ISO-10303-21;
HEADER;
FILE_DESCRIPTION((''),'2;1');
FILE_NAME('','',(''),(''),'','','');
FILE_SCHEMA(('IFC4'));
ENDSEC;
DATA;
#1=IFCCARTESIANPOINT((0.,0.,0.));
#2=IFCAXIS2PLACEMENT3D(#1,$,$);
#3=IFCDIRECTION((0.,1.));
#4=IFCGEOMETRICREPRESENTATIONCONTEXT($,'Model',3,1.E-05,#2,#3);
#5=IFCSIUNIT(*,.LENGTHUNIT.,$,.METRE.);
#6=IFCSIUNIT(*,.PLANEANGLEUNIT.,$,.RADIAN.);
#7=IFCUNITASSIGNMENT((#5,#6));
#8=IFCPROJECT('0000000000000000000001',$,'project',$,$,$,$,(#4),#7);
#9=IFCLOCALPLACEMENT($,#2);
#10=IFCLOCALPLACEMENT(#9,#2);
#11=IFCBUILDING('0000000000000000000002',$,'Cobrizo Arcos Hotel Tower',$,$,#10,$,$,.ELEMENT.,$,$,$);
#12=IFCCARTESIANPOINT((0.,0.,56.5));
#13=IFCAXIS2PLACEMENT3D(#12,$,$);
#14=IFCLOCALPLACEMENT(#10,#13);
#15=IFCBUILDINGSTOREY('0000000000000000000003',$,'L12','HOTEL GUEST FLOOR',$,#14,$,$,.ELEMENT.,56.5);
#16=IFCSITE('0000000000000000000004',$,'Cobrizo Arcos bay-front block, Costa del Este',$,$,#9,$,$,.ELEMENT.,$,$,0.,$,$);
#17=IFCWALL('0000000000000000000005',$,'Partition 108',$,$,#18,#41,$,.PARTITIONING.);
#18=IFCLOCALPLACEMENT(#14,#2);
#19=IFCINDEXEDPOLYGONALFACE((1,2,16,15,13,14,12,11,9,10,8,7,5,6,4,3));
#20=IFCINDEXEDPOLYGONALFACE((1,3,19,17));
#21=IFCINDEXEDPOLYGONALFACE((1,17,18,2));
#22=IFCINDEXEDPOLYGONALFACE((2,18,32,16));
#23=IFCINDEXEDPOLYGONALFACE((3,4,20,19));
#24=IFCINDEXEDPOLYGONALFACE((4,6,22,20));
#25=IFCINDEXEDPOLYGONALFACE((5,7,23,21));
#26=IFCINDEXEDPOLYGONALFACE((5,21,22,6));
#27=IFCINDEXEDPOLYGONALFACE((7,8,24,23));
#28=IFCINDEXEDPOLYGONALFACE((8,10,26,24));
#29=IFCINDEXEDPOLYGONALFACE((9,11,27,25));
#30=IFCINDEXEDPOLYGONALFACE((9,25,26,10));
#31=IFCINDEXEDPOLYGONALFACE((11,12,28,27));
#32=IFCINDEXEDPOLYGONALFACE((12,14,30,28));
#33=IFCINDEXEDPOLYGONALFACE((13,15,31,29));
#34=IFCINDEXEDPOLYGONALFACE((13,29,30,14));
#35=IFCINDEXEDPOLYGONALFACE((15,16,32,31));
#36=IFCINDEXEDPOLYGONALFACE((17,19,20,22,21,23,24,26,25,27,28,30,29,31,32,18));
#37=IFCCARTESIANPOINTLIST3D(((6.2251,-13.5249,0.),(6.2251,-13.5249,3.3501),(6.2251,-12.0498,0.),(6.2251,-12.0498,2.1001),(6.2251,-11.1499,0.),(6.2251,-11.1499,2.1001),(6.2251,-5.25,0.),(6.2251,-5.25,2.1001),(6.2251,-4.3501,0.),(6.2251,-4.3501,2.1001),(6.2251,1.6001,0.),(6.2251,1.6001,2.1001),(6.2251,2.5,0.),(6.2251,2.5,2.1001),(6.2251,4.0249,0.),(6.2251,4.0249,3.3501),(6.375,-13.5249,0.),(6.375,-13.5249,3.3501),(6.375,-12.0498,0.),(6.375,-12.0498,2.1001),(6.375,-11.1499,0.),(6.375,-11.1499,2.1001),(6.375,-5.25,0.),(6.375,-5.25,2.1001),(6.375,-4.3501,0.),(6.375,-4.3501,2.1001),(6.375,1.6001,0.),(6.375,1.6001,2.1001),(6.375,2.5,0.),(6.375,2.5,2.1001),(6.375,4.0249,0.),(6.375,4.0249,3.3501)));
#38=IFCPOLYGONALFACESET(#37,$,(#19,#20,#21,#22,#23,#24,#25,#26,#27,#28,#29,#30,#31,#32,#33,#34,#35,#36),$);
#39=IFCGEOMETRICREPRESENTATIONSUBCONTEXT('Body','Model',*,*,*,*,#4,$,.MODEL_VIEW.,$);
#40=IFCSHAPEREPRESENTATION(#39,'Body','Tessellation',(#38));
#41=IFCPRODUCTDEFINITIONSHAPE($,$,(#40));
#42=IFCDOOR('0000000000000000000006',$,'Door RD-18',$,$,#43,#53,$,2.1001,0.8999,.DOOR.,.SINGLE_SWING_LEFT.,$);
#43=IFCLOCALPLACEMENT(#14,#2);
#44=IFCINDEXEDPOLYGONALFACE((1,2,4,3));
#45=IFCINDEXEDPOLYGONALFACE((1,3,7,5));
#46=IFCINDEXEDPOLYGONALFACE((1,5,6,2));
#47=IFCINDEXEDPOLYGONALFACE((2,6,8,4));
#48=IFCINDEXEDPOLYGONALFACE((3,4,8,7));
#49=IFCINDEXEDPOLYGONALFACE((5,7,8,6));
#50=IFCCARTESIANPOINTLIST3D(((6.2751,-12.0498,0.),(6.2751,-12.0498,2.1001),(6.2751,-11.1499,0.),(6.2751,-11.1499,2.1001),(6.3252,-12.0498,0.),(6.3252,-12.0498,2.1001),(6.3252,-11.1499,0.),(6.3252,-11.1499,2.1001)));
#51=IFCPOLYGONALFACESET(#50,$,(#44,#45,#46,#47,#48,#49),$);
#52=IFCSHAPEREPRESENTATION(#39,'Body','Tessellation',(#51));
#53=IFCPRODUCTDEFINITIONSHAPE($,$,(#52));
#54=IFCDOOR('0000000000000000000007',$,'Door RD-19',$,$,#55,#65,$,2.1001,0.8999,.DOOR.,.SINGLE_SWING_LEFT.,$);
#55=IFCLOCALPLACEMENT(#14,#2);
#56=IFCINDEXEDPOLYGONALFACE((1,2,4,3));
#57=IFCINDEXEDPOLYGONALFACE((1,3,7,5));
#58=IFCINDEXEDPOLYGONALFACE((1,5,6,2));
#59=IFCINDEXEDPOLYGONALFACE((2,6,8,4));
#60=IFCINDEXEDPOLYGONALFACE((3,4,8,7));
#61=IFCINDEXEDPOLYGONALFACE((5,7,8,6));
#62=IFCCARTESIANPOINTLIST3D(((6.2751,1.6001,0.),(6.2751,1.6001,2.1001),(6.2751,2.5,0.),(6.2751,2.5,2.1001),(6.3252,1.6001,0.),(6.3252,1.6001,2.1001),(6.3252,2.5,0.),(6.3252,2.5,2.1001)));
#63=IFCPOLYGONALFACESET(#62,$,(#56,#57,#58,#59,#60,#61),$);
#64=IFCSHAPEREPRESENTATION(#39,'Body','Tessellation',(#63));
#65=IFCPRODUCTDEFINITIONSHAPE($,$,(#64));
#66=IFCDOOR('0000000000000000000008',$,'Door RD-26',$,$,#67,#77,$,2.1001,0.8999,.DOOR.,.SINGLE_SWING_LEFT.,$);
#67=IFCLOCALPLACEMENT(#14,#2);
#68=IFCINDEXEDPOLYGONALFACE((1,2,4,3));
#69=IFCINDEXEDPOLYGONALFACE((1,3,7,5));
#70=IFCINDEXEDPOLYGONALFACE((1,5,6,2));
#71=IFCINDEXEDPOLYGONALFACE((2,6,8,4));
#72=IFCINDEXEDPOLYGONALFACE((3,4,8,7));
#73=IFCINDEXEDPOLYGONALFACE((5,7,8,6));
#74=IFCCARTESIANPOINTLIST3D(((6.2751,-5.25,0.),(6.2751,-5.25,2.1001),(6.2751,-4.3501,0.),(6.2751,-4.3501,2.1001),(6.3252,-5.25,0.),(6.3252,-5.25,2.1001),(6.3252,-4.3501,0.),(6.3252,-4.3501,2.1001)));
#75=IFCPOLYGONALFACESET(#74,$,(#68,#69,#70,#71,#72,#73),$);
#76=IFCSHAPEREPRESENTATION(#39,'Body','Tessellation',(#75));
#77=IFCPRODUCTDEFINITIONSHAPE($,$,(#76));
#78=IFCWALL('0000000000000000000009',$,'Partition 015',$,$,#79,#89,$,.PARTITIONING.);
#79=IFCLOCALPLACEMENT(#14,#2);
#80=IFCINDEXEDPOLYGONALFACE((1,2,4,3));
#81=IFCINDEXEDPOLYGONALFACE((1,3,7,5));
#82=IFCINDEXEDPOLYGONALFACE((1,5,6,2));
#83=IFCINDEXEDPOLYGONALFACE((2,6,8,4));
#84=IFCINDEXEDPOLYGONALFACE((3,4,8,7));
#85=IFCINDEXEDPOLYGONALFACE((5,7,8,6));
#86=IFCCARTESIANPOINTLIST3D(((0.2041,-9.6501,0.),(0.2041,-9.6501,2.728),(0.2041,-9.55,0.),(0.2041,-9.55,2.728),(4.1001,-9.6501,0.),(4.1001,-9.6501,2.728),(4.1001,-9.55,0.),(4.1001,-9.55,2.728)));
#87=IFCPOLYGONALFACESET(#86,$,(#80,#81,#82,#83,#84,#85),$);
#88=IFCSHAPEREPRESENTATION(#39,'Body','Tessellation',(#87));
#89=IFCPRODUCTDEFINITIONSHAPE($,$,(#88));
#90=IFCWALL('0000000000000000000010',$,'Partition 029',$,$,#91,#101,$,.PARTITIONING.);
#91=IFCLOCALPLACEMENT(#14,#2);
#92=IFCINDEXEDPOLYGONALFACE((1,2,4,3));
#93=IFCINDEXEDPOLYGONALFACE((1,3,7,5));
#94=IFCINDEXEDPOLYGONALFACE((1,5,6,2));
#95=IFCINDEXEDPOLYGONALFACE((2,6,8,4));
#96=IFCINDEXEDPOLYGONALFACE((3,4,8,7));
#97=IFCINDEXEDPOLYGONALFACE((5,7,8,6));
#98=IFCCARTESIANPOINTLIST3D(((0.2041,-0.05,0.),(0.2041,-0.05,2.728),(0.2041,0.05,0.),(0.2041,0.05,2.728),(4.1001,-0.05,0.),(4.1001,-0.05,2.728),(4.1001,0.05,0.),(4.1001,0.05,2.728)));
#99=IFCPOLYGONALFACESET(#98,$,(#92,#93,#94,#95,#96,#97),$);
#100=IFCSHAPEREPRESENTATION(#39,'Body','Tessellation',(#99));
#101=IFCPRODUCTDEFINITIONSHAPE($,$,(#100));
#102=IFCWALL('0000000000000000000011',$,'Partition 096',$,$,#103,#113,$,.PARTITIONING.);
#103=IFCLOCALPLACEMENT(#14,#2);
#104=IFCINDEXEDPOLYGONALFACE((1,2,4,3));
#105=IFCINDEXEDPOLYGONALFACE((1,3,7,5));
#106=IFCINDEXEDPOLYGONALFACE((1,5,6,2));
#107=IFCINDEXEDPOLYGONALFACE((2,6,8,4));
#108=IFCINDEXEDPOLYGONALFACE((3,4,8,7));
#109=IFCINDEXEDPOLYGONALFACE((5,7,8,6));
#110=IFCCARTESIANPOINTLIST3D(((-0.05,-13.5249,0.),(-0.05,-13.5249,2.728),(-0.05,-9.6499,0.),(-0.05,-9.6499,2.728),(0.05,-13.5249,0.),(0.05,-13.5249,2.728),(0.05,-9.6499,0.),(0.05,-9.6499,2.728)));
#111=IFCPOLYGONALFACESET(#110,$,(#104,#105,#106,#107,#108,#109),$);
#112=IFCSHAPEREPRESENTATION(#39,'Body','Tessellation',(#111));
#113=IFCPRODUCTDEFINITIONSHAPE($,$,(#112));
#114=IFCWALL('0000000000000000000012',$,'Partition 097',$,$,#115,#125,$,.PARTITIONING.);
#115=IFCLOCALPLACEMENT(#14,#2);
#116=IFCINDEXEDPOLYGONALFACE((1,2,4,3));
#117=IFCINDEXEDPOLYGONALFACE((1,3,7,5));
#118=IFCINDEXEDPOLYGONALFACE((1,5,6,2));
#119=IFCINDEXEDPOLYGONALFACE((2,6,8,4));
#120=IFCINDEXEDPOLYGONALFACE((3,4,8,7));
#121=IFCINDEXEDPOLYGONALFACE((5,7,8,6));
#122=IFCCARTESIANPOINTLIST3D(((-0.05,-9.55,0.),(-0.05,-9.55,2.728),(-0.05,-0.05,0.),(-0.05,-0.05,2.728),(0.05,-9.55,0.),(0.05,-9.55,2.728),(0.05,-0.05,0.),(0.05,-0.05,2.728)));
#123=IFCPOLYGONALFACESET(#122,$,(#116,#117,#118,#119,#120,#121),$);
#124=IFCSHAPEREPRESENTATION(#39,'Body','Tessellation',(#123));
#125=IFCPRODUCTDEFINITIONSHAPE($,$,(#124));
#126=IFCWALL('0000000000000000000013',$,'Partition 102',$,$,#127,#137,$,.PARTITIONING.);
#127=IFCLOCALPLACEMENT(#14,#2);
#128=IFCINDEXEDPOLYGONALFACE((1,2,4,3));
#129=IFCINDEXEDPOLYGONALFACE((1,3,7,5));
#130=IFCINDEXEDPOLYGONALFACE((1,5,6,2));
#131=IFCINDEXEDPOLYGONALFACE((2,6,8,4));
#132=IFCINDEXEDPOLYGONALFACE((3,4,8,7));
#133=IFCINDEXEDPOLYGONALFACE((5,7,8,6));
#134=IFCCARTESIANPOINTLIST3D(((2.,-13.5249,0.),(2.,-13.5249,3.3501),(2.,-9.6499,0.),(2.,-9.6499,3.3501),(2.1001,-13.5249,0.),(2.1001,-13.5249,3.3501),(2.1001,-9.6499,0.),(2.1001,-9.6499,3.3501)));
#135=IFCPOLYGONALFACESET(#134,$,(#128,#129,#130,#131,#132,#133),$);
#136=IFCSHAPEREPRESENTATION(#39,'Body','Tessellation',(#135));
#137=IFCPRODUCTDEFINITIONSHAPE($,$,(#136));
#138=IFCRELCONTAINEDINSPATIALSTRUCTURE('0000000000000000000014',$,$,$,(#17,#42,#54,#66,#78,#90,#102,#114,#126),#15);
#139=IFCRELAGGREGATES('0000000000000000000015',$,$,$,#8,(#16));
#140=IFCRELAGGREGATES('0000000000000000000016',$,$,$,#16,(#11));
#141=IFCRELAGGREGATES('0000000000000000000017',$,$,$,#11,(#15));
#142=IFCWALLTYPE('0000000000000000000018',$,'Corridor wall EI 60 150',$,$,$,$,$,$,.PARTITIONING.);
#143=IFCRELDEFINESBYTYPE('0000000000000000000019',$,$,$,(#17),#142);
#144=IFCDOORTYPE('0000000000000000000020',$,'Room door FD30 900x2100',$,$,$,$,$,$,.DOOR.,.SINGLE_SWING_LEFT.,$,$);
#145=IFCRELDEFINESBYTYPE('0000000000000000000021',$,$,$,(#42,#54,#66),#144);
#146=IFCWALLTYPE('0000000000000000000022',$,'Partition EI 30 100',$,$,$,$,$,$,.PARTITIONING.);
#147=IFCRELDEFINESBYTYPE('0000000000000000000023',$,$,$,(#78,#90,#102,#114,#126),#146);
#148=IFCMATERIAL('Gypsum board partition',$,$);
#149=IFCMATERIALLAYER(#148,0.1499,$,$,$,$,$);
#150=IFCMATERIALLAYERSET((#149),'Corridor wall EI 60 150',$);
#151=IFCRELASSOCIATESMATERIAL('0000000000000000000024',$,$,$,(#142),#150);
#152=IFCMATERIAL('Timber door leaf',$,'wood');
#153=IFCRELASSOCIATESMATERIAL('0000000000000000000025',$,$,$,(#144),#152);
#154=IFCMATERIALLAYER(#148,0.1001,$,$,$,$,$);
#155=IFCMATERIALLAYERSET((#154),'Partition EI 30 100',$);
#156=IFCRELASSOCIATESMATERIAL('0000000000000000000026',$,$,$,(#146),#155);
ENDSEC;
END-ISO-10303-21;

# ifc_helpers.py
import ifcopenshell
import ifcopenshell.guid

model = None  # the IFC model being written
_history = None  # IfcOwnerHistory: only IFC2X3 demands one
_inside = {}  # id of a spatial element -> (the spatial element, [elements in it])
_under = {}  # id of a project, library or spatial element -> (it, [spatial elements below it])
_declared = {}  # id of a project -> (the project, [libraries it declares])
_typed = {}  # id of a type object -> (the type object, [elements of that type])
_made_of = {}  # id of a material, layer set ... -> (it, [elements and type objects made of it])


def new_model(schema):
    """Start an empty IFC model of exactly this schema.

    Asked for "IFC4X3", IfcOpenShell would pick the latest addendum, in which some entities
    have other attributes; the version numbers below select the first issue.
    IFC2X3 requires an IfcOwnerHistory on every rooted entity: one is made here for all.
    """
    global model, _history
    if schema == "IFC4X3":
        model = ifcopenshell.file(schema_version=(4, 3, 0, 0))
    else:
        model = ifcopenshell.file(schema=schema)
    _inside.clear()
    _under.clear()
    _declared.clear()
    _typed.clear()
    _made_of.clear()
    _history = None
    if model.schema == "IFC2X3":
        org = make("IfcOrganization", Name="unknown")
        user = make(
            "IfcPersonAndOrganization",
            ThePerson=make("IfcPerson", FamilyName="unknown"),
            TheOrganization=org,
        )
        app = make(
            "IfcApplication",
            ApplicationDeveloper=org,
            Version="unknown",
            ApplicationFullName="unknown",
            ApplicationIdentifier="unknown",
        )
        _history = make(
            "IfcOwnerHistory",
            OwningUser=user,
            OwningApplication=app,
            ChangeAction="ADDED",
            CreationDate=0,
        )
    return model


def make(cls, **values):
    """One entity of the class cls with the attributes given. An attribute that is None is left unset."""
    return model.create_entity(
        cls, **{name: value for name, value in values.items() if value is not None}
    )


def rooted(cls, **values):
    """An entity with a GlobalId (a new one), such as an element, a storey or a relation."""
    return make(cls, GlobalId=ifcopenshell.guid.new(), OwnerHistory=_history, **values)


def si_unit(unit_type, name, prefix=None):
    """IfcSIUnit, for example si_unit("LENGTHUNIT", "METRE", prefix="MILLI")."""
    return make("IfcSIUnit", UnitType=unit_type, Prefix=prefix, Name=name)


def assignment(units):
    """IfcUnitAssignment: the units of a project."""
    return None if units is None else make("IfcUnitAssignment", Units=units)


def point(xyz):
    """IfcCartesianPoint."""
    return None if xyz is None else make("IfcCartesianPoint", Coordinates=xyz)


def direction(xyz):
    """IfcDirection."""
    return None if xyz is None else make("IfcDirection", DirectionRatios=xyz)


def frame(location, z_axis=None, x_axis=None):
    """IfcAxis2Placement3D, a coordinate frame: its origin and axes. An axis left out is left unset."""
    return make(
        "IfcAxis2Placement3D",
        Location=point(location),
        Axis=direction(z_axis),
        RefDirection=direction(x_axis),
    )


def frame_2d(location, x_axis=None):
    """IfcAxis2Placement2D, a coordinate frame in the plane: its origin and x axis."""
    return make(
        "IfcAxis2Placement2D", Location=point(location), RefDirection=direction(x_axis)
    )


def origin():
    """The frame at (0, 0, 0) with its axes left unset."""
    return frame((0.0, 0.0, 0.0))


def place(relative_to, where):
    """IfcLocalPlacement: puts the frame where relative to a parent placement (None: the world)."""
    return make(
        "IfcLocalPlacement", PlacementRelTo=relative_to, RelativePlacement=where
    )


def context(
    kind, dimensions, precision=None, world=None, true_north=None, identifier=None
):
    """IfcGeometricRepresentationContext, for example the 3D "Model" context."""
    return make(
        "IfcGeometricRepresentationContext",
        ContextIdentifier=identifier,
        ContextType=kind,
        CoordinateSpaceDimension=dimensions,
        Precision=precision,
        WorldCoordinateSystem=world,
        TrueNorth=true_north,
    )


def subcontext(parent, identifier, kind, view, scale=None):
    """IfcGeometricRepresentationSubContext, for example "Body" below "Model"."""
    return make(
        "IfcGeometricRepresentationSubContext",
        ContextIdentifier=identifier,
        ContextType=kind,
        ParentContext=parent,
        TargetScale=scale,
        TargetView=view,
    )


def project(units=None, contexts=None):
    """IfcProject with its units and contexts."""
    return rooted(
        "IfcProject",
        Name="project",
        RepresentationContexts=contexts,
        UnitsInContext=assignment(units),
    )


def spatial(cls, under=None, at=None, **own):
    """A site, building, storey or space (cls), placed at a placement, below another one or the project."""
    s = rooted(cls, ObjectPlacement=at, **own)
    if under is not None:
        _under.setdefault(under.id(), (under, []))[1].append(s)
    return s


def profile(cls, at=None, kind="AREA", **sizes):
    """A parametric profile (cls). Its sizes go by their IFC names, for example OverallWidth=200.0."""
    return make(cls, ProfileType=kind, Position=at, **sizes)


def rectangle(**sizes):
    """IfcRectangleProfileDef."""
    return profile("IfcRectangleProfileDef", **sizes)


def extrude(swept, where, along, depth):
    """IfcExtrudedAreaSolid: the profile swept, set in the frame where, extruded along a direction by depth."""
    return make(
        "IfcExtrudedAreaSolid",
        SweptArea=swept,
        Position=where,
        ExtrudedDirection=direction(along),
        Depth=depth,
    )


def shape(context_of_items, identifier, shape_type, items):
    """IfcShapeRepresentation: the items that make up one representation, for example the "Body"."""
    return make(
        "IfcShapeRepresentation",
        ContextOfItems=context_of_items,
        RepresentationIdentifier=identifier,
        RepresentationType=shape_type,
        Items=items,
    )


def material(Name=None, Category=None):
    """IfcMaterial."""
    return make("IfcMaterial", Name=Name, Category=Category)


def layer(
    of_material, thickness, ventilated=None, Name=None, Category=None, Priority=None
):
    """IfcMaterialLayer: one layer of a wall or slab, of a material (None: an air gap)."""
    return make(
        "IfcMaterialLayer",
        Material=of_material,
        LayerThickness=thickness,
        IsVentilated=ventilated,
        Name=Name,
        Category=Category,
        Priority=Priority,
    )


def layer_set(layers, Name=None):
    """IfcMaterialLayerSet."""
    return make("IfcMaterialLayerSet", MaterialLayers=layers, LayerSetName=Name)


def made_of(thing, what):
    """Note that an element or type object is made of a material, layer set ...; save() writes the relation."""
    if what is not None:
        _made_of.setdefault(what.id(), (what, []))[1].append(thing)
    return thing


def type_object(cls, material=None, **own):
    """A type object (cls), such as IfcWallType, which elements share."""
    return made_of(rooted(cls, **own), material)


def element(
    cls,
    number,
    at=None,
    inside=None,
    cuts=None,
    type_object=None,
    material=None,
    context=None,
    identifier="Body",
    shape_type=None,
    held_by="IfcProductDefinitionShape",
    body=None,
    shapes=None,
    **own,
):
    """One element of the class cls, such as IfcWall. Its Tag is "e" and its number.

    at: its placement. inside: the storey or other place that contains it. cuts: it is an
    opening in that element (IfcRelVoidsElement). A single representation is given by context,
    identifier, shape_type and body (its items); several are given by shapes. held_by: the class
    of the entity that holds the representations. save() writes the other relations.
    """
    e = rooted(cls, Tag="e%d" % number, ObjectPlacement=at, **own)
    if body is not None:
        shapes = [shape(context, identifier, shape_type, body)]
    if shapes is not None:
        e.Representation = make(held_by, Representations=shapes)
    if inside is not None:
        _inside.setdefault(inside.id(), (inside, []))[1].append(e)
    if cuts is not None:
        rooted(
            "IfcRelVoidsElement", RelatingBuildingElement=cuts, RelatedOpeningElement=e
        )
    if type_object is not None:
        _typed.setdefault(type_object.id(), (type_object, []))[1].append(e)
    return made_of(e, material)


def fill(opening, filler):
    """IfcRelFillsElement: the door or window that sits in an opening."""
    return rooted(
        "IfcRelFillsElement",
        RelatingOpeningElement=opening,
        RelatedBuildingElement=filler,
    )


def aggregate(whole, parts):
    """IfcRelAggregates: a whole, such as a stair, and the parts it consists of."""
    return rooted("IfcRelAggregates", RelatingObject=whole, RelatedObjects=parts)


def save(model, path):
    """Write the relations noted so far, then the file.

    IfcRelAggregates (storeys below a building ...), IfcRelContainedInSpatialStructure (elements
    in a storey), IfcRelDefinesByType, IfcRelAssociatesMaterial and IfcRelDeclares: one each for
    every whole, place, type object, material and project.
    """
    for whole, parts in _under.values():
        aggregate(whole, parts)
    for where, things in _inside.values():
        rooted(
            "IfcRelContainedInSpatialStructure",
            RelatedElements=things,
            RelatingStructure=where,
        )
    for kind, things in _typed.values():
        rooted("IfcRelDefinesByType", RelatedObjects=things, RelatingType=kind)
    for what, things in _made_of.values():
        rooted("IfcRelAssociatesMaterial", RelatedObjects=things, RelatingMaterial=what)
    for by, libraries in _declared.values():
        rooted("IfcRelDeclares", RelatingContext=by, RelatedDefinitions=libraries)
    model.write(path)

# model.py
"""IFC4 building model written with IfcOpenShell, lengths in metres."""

from ifc_helpers import new_model, si_unit, direction, frame, frame_2d, origin, place, context, subcontext, project, spatial, rectangle, extrude, material, layer, layer_set, type_object, element, fill, save


model = new_model("IFC4")

# Units and contexts
model_context = context("Model", 3, precision=1e-05, world=origin(), true_north=direction((0.0, 1.0)))
body_context = subcontext(model_context, "Body", "Model", "MODEL_VIEW")
ifc_project = project(units=[si_unit("LENGTHUNIT", "METRE"), si_unit("PLANEANGLEUNIT", "RADIAN")], contexts=[model_context])

# Site, building, storey
site_placement = place(None, origin())
site = spatial("IfcSite", under=ifc_project, at=site_placement, Name="Cobrizo Arcos bay-front block, Costa del Este", CompositionType="ELEMENT", RefElevation=0.0)
building_placement = place(site_placement, origin())
building = spatial("IfcBuilding", under=site, at=building_placement, Name="Cobrizo Arcos Hotel Tower", CompositionType="ELEMENT")
storey_placement = place(building_placement, frame((0.0, 0.0, 56.5)))
storey = spatial("IfcBuildingStorey", under=building, at=storey_placement, Name="L12", Description="HOTEL GUEST FLOOR", CompositionType="ELEMENT", Elevation=56.5)

# Shared definitions
ifc_material_1 = material(Name="Gypsum board partition")
ifc_layer_1 = layer(ifc_material_1, 0.1499)
ifc_layer_set_1 = layer_set([ifc_layer_1], Name="Corridor wall EI 60 150")
wall_type_1 = type_object("IfcWallType", Name="Corridor wall EI 60 150", PredefinedType="PARTITIONING", material=ifc_layer_set_1)
ifc_material_2 = material(Name="Timber door leaf", Category="wood")
door_type_1 = type_object("IfcDoorType", Name="Room door FD30 900x2100", OperationType="SINGLE_SWING_LEFT", PredefinedType="DOOR", material=ifc_material_2)

# Wall, openings, doors
wall_1_placement = place(storey_placement, frame((6.3, -13.5249, 0.0), z_axis=(0.0, 0.0, 1.0), x_axis=(0.0, 1.0, 0.0)))
wall_1 = element("IfcWall", 1, at=wall_1_placement, inside=storey, type_object=wall_type_1, Name="Partition 108", PredefinedType="PARTITIONING", context=body_context, shape_type="SweptSolid", body=[
    extrude(rectangle(XDim=17.5498, YDim=0.1499, at=frame_2d((8.7749, 0.0))), origin(), (0.0, 0.0, 1.0), 3.3501),
])
opening_1_placement = place(wall_1_placement, frame((1.4751, 0.0, 0.0)))
opening_1 = element("IfcOpeningElement", 2, at=opening_1_placement, cuts=wall_1, PredefinedType="OPENING", context=body_context, shape_type="SweptSolid", body=[
    extrude(rectangle(XDim=0.8999, YDim=2.1001, at=frame_2d((0.45, 1.05))), frame((0.0, 0.0869, 0.0), z_axis=(0.0, -1.0, 0.0), x_axis=(1.0, 0.0, 0.0)), (0.0, 0.0, 1.0), 0.1738),
])
opening_2_placement = place(wall_1_placement, frame((15.125, 0.0, 0.0)))
opening_2 = element("IfcOpeningElement", 3, at=opening_2_placement, cuts=wall_1, PredefinedType="OPENING", context=body_context, shape_type="SweptSolid", body=[
    extrude(rectangle(XDim=0.8999, YDim=2.1001, at=frame_2d((0.45, 1.05))), frame((0.0, 0.0869, 0.0), z_axis=(0.0, -1.0, 0.0), x_axis=(1.0, 0.0, 0.0)), (0.0, 0.0, 1.0), 0.1738),
])
opening_3_placement = place(wall_1_placement, frame((8.2749, 0.0, 0.0)))
opening_3 = element("IfcOpeningElement", 4, at=opening_3_placement, cuts=wall_1, PredefinedType="OPENING", context=body_context, shape_type="SweptSolid", body=[
    extrude(rectangle(XDim=0.8999, YDim=2.1001, at=frame_2d((0.45, 1.05))), frame((0.0, 0.0869, 0.0), z_axis=(0.0, -1.0, 0.0), x_axis=(1.0, 0.0, 0.0)), (0.0, 0.0, 1.0), 0.1738),
])
door_1_placement = place(opening_1_placement, origin())
door_1 = element("IfcDoor", 5, at=door_1_placement, inside=storey, type_object=door_type_1, Name="Door RD-18", OperationType="SINGLE_SWING_LEFT", OverallHeight=2.1001, OverallWidth=0.8999, PredefinedType="DOOR", context=body_context, shape_type="SweptSolid", body=[
    extrude(rectangle(XDim=0.8999, YDim=2.1001, at=frame_2d((0.45, 1.05))), frame((0.0, 0.0249, 0.0), z_axis=(0.0, -1.0, 0.0), x_axis=(1.0, 0.0, 0.0)), (0.0, 0.0, 1.0), 0.05),
])
fill(opening_1, door_1)
door_2_placement = place(opening_2_placement, origin())
door_2 = element("IfcDoor", 6, at=door_2_placement, inside=storey, type_object=door_type_1, Name="Door RD-19", OperationType="SINGLE_SWING_LEFT", OverallHeight=2.1001, OverallWidth=0.8999, PredefinedType="DOOR", context=body_context, shape_type="SweptSolid", body=[
    extrude(rectangle(XDim=0.8999, YDim=2.1001, at=frame_2d((0.45, 1.05))), frame((0.0, 0.0249, 0.0), z_axis=(0.0, -1.0, 0.0), x_axis=(1.0, 0.0, 0.0)), (0.0, 0.0, 1.0), 0.05),
])
fill(opening_2, door_2)
door_3_placement = place(opening_3_placement, origin())
door_3 = element("IfcDoor", 7, at=door_3_placement, inside=storey, type_object=door_type_1, Name="Door RD-26", OperationType="SINGLE_SWING_LEFT", OverallHeight=2.1001, OverallWidth=0.8999, PredefinedType="DOOR", context=body_context, shape_type="SweptSolid", body=[
    extrude(rectangle(XDim=0.8999, YDim=2.1001, at=frame_2d((0.45, 1.05))), frame((0.0, 0.0249, 0.0), z_axis=(0.0, -1.0, 0.0), x_axis=(1.0, 0.0, 0.0)), (0.0, 0.0, 1.0), 0.05),
])
fill(opening_3, door_3)

# Walls
ifc_layer_2 = layer(ifc_material_1, 0.1001)
ifc_layer_set_2 = layer_set([ifc_layer_2], Name="Partition EI 30 100")
wall_type_2 = type_object("IfcWallType", Name="Partition EI 30 100", PredefinedType="PARTITIONING", material=ifc_layer_set_2)
for number, where, z_axis, x_axis, name in (
    (8, (0.2041, -9.6001, 0.0), (0.0, 0.0, 1.0), (1.0, 0.0, 0.0), "Partition 015"),
    (9, (0.2041, 0.0, 0.0), (0.0, 0.0, 1.0), (1.0, 0.0, 0.0), "Partition 029"),
):
    element("IfcWall", number, at=place(storey_placement, frame(where, z_axis=z_axis, x_axis=x_axis)), inside=storey, type_object=wall_type_2, Name=name, PredefinedType="PARTITIONING", context=body_context, shape_type="SweptSolid", body=[
        extrude(rectangle(XDim=3.896, YDim=0.1001, at=frame_2d((1.948, 0.0))), origin(), (0.0, 0.0, 1.0), 2.728),
    ])
wall_2_placement = place(storey_placement, frame((0.0, -13.5249, 0.0), z_axis=(0.0, 0.0, 1.0), x_axis=(0.0, 1.0, 0.0)))
element("IfcWall", 10, at=wall_2_placement, inside=storey, type_object=wall_type_2, Name="Partition 096", PredefinedType="PARTITIONING", context=body_context, shape_type="SweptSolid", body=[
    extrude(rectangle(XDim=3.875, YDim=0.1001, at=frame_2d((1.9375, 0.0))), origin(), (0.0, 0.0, 1.0), 2.728),
])
wall_3_placement = place(storey_placement, frame((0.0, -9.55, 0.0), z_axis=(0.0, 0.0, 1.0), x_axis=(0.0, 1.0, 0.0)))
element("IfcWall", 11, at=wall_3_placement, inside=storey, type_object=wall_type_2, Name="Partition 097", PredefinedType="PARTITIONING", context=body_context, shape_type="SweptSolid", body=[
    extrude(rectangle(XDim=9.5, YDim=0.1001, at=frame_2d((4.75, 0.0))), origin(), (0.0, 0.0, 1.0), 2.728),
])
wall_4_placement = place(storey_placement, frame((2.05, -13.5249, 0.0), z_axis=(0.0, 0.0, 1.0), x_axis=(0.0, 1.0, 0.0)))
element("IfcWall", 12, at=wall_4_placement, inside=storey, type_object=wall_type_2, Name="Partition 102", PredefinedType="PARTITIONING", context=body_context, shape_type="SweptSolid", body=[
    extrude(rectangle(XDim=3.875, YDim=0.1001, at=frame_2d((1.9375, 0.0))), origin(), (0.0, 0.0, 1.0), 3.3501),
])

save(model, "model.ifc")
